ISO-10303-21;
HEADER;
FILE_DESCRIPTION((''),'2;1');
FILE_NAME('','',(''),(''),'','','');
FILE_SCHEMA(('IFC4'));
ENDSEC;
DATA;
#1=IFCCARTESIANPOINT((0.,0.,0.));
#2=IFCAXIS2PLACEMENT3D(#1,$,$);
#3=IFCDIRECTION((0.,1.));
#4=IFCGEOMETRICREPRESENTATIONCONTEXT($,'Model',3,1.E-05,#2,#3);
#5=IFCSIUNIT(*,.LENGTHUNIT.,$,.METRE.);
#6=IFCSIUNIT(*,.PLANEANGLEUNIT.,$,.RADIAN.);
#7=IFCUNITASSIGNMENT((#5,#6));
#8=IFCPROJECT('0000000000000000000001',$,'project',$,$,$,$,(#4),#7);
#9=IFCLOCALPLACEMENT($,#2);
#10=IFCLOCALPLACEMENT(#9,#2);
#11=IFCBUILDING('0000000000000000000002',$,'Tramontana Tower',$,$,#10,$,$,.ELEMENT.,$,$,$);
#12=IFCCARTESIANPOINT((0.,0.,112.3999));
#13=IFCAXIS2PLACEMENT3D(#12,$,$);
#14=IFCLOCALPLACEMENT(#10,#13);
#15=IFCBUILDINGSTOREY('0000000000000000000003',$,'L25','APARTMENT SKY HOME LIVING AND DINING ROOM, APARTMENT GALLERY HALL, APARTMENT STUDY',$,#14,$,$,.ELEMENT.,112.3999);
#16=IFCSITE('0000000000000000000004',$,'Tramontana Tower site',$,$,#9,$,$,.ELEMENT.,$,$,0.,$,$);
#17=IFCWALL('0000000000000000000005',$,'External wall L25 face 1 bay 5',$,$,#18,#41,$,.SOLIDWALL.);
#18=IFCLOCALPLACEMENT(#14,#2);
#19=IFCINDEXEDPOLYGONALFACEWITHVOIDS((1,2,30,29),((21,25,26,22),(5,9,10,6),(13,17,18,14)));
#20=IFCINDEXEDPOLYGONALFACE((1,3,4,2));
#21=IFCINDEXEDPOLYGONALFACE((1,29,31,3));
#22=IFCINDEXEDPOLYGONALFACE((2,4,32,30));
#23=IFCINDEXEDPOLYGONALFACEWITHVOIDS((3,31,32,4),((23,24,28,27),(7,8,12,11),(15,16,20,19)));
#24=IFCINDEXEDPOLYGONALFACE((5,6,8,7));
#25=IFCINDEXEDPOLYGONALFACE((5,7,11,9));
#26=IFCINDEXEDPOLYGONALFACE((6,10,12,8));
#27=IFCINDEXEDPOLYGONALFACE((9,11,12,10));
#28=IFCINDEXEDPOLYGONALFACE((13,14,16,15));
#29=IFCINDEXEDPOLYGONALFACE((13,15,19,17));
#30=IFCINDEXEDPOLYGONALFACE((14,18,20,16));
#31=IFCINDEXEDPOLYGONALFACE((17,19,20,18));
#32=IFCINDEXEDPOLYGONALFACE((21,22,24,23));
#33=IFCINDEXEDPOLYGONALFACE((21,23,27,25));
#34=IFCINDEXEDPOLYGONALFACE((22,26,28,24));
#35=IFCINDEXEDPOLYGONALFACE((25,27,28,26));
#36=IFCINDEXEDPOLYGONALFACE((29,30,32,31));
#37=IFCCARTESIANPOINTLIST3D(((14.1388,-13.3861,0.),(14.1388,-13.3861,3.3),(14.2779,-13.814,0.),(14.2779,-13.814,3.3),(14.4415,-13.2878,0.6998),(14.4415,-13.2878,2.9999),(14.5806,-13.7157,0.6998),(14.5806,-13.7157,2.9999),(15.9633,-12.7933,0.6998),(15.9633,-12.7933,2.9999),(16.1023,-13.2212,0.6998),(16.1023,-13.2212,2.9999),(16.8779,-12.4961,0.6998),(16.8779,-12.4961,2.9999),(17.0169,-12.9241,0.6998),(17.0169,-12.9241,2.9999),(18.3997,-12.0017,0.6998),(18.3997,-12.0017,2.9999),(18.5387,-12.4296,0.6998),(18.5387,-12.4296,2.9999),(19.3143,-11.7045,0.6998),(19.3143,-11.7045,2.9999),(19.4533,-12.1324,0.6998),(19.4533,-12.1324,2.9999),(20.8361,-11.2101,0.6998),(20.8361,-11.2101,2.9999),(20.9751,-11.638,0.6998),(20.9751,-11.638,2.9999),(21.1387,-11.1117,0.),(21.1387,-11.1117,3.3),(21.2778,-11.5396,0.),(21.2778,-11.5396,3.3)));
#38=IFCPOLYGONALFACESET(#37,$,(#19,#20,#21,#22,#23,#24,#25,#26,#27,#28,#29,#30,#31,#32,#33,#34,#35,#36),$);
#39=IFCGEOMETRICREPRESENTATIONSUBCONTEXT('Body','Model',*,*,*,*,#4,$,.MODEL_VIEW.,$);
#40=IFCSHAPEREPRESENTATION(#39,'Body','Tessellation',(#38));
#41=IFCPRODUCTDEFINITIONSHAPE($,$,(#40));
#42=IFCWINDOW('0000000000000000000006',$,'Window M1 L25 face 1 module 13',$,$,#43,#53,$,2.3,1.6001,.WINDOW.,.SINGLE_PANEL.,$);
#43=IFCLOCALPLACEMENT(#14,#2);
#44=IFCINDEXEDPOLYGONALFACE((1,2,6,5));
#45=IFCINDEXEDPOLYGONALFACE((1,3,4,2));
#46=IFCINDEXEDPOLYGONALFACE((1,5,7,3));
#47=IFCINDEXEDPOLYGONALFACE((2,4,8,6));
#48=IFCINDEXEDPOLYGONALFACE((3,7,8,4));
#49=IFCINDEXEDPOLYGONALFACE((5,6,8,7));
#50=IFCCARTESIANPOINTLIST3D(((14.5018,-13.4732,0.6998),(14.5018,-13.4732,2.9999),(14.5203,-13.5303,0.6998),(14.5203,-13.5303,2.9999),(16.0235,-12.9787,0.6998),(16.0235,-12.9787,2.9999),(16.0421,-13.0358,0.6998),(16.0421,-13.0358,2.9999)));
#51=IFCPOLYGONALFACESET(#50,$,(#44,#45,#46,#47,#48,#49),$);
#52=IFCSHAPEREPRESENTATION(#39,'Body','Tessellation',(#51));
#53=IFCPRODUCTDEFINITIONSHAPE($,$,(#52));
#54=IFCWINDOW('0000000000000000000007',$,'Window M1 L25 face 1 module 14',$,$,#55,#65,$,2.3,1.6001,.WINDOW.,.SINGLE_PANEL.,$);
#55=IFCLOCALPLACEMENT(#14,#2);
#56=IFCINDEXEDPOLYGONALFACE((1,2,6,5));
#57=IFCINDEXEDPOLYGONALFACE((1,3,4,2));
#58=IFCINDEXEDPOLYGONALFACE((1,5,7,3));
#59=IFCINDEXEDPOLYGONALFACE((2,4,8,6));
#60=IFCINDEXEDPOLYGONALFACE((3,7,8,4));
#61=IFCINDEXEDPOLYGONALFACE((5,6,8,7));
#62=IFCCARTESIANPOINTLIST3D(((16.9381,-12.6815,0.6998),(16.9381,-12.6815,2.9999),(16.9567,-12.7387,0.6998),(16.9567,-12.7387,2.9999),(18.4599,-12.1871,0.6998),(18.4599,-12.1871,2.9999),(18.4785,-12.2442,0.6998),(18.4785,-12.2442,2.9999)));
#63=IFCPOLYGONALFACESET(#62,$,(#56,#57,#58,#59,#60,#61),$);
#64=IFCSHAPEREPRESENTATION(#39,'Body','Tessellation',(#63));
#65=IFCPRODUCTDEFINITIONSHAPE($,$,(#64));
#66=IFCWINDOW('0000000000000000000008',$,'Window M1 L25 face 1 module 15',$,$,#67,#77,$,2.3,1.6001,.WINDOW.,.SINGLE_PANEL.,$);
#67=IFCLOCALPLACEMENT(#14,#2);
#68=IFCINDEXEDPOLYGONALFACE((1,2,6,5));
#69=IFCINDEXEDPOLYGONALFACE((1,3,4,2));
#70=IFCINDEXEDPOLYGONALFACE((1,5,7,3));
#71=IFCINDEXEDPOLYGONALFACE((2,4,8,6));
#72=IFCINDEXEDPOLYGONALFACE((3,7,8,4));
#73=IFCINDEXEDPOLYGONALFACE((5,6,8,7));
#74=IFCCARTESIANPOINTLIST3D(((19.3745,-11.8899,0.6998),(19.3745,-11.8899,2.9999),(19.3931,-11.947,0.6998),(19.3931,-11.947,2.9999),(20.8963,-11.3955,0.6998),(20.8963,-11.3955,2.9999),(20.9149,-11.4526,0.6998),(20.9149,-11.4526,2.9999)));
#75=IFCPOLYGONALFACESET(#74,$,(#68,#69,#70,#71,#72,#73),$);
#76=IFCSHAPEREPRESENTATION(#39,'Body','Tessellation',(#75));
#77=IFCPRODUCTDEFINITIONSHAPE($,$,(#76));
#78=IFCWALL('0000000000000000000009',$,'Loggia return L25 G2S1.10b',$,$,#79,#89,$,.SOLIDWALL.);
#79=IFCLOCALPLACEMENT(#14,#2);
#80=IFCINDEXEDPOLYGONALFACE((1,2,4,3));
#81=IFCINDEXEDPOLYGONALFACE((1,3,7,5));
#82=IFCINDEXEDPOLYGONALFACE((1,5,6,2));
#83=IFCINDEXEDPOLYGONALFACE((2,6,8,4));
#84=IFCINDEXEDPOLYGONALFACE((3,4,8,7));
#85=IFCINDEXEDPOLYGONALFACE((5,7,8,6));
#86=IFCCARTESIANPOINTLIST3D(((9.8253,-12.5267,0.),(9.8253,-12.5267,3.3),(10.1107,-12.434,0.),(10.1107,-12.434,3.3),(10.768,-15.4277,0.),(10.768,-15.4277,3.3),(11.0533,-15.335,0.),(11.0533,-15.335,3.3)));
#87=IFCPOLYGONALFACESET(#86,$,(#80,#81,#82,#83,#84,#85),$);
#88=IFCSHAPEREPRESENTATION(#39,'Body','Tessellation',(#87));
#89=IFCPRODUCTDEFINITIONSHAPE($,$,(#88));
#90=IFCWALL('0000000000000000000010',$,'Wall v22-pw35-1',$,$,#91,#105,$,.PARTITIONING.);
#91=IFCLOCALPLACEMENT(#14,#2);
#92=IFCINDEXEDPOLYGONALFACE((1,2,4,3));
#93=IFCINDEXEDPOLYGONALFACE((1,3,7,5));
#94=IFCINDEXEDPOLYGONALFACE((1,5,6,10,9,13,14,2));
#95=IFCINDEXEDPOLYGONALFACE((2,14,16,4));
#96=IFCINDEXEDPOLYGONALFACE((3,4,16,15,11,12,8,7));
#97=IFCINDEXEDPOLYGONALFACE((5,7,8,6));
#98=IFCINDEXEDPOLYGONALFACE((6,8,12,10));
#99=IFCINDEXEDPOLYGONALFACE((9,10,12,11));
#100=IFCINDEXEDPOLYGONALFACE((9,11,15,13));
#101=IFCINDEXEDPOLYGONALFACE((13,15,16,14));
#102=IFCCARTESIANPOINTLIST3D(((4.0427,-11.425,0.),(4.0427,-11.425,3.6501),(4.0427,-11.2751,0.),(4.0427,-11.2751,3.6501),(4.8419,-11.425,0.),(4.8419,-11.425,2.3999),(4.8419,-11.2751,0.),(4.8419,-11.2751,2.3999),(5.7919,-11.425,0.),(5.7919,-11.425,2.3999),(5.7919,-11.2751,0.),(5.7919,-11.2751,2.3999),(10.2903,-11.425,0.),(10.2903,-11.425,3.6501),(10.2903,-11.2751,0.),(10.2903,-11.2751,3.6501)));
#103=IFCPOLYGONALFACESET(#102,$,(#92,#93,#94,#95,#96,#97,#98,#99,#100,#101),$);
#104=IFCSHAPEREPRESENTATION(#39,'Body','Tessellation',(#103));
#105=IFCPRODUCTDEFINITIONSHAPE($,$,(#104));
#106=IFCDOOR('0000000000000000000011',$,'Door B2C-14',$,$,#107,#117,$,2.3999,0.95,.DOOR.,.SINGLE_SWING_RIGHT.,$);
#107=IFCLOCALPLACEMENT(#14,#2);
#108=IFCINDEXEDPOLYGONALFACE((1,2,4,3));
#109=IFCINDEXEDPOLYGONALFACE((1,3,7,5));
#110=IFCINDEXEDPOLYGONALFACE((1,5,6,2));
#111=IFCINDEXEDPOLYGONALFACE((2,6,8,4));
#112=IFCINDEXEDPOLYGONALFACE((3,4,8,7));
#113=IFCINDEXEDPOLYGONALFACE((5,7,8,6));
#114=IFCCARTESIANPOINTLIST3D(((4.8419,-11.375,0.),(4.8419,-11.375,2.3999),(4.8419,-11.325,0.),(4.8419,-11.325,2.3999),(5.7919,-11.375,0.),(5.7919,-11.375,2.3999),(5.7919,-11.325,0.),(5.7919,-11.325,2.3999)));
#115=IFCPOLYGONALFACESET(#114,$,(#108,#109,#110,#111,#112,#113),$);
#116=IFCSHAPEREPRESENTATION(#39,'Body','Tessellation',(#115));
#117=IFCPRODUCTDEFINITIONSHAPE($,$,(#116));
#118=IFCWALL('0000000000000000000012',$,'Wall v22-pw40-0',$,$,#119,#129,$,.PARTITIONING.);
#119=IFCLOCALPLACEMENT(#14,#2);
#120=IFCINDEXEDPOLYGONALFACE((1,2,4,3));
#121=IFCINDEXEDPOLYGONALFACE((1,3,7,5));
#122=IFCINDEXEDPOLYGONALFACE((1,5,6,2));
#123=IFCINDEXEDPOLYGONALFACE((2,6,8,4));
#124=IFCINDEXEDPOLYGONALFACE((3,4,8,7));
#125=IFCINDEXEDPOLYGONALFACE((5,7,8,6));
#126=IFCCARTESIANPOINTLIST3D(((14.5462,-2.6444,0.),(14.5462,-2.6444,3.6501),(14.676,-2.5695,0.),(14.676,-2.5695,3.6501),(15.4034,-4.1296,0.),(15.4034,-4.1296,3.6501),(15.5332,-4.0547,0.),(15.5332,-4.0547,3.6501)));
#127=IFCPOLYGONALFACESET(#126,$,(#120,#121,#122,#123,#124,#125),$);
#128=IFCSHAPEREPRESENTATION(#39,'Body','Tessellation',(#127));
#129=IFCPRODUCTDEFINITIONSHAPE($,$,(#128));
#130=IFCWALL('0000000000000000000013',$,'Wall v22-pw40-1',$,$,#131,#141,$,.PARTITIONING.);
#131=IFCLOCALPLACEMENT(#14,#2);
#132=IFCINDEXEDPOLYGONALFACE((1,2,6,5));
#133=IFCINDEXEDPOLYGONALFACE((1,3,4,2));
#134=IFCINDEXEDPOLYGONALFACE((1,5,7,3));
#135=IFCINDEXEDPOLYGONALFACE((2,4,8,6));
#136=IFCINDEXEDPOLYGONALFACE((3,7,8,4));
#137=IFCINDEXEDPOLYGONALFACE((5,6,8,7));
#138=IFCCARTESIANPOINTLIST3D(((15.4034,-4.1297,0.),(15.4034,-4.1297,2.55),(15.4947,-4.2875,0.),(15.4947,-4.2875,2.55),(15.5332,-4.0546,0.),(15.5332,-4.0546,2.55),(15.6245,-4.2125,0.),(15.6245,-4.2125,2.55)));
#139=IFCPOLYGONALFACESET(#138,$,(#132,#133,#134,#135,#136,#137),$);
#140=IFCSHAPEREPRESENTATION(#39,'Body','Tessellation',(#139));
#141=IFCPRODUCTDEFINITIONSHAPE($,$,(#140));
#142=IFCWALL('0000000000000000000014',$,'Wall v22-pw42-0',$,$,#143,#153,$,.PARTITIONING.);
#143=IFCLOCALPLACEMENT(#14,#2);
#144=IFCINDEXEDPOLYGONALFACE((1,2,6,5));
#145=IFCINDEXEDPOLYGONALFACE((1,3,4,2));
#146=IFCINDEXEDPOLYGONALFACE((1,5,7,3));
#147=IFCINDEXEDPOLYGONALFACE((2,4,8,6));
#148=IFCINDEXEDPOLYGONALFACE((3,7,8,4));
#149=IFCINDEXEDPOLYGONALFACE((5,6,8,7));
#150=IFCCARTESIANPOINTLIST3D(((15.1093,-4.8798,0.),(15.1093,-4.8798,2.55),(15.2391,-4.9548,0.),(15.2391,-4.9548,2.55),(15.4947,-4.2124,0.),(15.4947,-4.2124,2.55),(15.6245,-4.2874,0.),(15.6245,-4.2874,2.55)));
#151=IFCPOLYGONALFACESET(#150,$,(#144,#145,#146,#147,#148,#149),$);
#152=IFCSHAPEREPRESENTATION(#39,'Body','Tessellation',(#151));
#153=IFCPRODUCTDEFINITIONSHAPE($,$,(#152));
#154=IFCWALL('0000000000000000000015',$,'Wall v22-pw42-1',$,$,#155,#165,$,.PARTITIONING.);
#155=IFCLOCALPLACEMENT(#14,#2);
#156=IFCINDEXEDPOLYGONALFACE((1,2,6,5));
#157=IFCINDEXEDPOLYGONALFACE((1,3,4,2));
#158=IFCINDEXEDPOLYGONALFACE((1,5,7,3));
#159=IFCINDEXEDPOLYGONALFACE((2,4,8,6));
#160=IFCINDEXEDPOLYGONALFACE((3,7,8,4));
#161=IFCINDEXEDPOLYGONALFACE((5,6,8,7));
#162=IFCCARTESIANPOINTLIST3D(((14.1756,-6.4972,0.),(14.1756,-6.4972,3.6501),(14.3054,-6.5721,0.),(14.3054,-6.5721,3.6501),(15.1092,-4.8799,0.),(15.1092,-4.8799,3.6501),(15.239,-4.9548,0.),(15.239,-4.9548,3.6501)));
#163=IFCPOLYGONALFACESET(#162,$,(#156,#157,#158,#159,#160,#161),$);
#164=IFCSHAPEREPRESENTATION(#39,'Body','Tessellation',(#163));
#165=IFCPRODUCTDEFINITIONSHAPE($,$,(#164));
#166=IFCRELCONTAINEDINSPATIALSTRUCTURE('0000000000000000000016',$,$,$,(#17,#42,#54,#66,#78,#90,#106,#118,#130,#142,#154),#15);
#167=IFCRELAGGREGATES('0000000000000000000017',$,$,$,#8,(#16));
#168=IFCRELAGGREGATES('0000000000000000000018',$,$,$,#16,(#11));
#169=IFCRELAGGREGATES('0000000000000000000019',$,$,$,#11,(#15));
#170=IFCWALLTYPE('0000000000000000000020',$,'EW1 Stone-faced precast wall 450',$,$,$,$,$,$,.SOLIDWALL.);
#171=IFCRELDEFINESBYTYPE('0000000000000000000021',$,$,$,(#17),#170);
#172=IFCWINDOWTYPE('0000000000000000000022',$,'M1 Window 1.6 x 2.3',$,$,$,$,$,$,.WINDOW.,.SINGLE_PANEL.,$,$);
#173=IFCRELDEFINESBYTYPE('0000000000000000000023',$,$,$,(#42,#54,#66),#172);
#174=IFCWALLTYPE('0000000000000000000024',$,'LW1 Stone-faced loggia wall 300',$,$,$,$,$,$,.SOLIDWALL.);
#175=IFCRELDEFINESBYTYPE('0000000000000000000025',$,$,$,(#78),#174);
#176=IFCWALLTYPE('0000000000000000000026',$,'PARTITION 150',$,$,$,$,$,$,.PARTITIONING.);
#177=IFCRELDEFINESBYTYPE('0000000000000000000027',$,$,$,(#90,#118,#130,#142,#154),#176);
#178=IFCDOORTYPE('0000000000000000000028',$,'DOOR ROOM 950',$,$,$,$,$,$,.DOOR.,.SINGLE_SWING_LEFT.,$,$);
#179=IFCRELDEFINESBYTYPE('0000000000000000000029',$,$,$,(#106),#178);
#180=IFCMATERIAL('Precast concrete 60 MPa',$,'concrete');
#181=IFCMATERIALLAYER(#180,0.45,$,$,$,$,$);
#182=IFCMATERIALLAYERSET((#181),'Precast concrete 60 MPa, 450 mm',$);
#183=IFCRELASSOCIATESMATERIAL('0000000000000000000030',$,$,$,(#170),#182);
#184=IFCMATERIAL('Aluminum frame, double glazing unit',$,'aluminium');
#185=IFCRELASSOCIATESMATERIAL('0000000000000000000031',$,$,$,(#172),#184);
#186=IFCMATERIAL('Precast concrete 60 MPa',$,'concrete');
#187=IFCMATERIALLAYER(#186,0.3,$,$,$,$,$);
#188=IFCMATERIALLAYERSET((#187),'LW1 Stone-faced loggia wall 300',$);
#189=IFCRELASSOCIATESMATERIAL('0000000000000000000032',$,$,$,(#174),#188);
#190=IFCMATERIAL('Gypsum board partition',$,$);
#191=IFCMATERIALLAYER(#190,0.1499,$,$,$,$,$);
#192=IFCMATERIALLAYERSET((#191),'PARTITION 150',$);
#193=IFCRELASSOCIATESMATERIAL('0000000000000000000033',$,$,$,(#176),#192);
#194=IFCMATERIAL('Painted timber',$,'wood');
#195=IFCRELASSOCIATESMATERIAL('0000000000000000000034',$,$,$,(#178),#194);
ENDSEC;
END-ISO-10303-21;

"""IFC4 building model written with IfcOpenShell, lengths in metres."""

from ifc_helpers import new_model, si_unit, direction, frame, frame_2d, origin, place, context, subcontext, project, spatial, rectangle, extrude, material, layer, layer_set, type_object, element, fill, save


model = new_model("IFC4")

# Units and contexts
model_context = context("Model", 3, precision=1e-05, world=origin(), true_north=direction((0.0, 1.0)))
body_context = subcontext(model_context, "Body", "Model", "MODEL_VIEW")
ifc_project = project(units=[si_unit("LENGTHUNIT", "METRE"), si_unit("PLANEANGLEUNIT", "RADIAN")], contexts=[model_context])

# Site, building, storey
site_placement = place(None, origin())
site = spatial("IfcSite", under=ifc_project, at=site_placement, Name="Tramontana Tower site", CompositionType="ELEMENT", RefElevation=0.0)
building_placement = place(site_placement, origin())
building = spatial("IfcBuilding", under=site, at=building_placement, Name="Tramontana Tower", CompositionType="ELEMENT")
storey_placement = place(building_placement, frame((0.0, 0.0, 112.3999)))
storey = spatial("IfcBuildingStorey", under=building, at=storey_placement, Name="L25", Description="APARTMENT SKY HOME LIVING AND DINING ROOM, APARTMENT GALLERY HALL, APARTMENT STUDY", CompositionType="ELEMENT", Elevation=112.3999)

# Shared definitions
ifc_material_1 = material(Name="Precast concrete 60 MPa", Category="concrete")
ifc_layer_1 = layer(ifc_material_1, 0.45)
ifc_layer_set_1 = layer_set([ifc_layer_1], Name="Precast concrete 60 MPa, 450 mm")
wall_type_1 = type_object("IfcWallType", Name="EW1 Stone-faced precast wall 450", PredefinedType="SOLIDWALL", material=ifc_layer_set_1)
ifc_material_2 = material(Name="Aluminum frame, double glazing unit", Category="aluminium")
window_type = type_object("IfcWindowType", Name="M1 Window 1.6 x 2.3", PartitioningType="SINGLE_PANEL", PredefinedType="WINDOW", material=ifc_material_2)

# Wall, openings, windows
wall_1_placement = place(storey_placement, frame((14.2083, -13.6001, 0.0), z_axis=(0.0, 0.0, 1.0), x_axis=(0.951057, 0.309014, 0.0)))
wall_1 = element("IfcWall", 1, at=wall_1_placement, inside=storey, type_object=wall_type_1, Name="External wall L25 face 1 bay 5", PredefinedType="SOLIDWALL", context=body_context, shape_type="SweptSolid", body=[
    extrude(rectangle(XDim=7.3601, YDim=0.45, at=frame_2d((3.6802, 0.0))), origin(), (0.0, 0.0, 1.0), 3.3),
])
opening_1_placement = place(wall_1_placement, frame((0.3184, 0.0, 0.7)))
opening_1 = element("IfcOpeningElement", 2, at=opening_1_placement, cuts=wall_1, PredefinedType="OPENING", context=body_context, shape_type="SweptSolid", body=[
    extrude(rectangle(XDim=1.6001, YDim=2.3, at=frame_2d((0.8, 1.1499))), frame((0.0, 0.2349, 0.0), z_axis=(0.0, -1.0, 0.0), x_axis=(1.0, 0.0, 0.0)), (0.0, 0.0, 1.0), 0.47),
])
opening_2_placement = place(wall_1_placement, frame((2.8801, 0.0, 0.7)))
opening_2 = element("IfcOpeningElement", 3, at=opening_2_placement, cuts=wall_1, PredefinedType="OPENING", context=body_context, shape_type="SweptSolid", body=[
    extrude(rectangle(XDim=1.6001, YDim=2.3, at=frame_2d((0.8, 1.1499))), frame((0.0, 0.2349, 0.0), z_axis=(0.0, -1.0, 0.0), x_axis=(1.0, 0.0, 0.0)), (0.0, 0.0, 1.0), 0.47),
])
opening_3_placement = place(wall_1_placement, frame((5.4419, 0.0, 0.7)))
opening_3 = element("IfcOpeningElement", 4, at=opening_3_placement, cuts=wall_1, PredefinedType="OPENING", context=body_context, shape_type="SweptSolid", body=[
    extrude(rectangle(XDim=1.6001, YDim=2.3, at=frame_2d((0.8, 1.1499))), frame((0.0, 0.2349, 0.0), z_axis=(0.0, -1.0, 0.0), x_axis=(1.0, 0.0, 0.0)), (0.0, 0.0, 1.0), 0.47),
])
window_1_placement = place(opening_1_placement, origin())
window_1 = element("IfcWindow", 5, at=window_1_placement, inside=storey, type_object=window_type, Name="Window M1 L25 face 1 module 13", OverallHeight=2.3, OverallWidth=1.6001, PartitioningType="SINGLE_PANEL", PredefinedType="WINDOW", context=body_context, shape_type="SweptSolid", body=[
    extrude(rectangle(XDim=1.6001, YDim=2.3, at=frame_2d((0.8, 1.1499))), frame((0.0, 0.03, 0.0), z_axis=(0.0, -1.0, 0.0), x_axis=(1.0, 0.0, 0.0)), (0.0, 0.0, 1.0), 0.0601),
])
fill(opening_1, window_1)
window_2_placement = place(opening_2_placement, origin())
window_2 = element("IfcWindow", 6, at=window_2_placement, inside=storey, type_object=window_type, Name="Window M1 L25 face 1 module 14", OverallHeight=2.3, OverallWidth=1.6001, PartitioningType="SINGLE_PANEL", PredefinedType="WINDOW", context=body_context, shape_type="SweptSolid", body=[
    extrude(rectangle(XDim=1.6001, YDim=2.3, at=frame_2d((0.8, 1.1499))), frame((0.0, 0.03, 0.0), z_axis=(0.0, -1.0, 0.0), x_axis=(1.0, 0.0, 0.0)), (0.0, 0.0, 1.0), 0.0601),
])
fill(opening_2, window_2)
window_3_placement = place(opening_3_placement, origin())
window_3 = element("IfcWindow", 7, at=window_3_placement, inside=storey, type_object=window_type, Name="Window M1 L25 face 1 module 15", OverallHeight=2.3, OverallWidth=1.6001, PartitioningType="SINGLE_PANEL", PredefinedType="WINDOW", context=body_context, shape_type="SweptSolid", body=[
    extrude(rectangle(XDim=1.6001, YDim=2.3, at=frame_2d((0.8, 1.1499))), frame((0.0, 0.03, 0.0), z_axis=(0.0, -1.0, 0.0), x_axis=(1.0, 0.0, 0.0)), (0.0, 0.0, 1.0), 0.0601),
])
fill(opening_3, window_3)

# Wall
ifc_material_3 = material(Name="Precast concrete 60 MPa", Category="concrete")
ifc_layer_2 = layer(ifc_material_3, 0.3)
ifc_layer_set_2 = layer_set([ifc_layer_2], Name="LW1 Stone-faced loggia wall 300")
wall_type_2 = type_object("IfcWallType", Name="LW1 Stone-faced loggia wall 300", PredefinedType="SOLIDWALL", material=ifc_layer_set_2)
wall_2_placement = place(storey_placement, frame((10.9106, -15.3813, 0.0), z_axis=(0.0, 0.0, 1.0), x_axis=(-0.309039, 0.951049, 0.0)))
element("IfcWall", 8, at=wall_2_placement, inside=storey, type_object=wall_type_2, Name="Loggia return L25 G2S1.10b", PredefinedType="SOLIDWALL", context=body_context, shape_type="SweptSolid", body=[
    extrude(rectangle(XDim=3.0503, YDim=0.3, at=frame_2d((1.5251, 0.0))), origin(), (0.0, 0.0, 1.0), 3.3),
])

# Wall, opening, door
ifc_material_4 = material(Name="Gypsum board partition")
ifc_layer_3 = layer(ifc_material_4, 0.1499)
ifc_layer_set_3 = layer_set([ifc_layer_3], Name="PARTITION 150")
wall_type_3 = type_object("IfcWallType", Name="PARTITION 150", PredefinedType="PARTITIONING", material=ifc_layer_set_3)
ifc_material_5 = material(Name="Painted timber", Category="wood")
door_type = type_object("IfcDoorType", Name="DOOR ROOM 950", OperationType="SINGLE_SWING_LEFT", PredefinedType="DOOR", material=ifc_material_5)
wall_3_placement = place(storey_placement, frame((10.2903, -11.3501, 0.0), z_axis=(0.0, 0.0, 1.0), x_axis=(-1.0, 0.0, 0.0)))
wall_3 = element("IfcWall", 9, at=wall_3_placement, inside=storey, type_object=wall_type_3, Name="Wall v22-pw35-1", PredefinedType="PARTITIONING", context=body_context, shape_type="SweptSolid", body=[
    extrude(rectangle(XDim=6.2476, YDim=0.1499, at=frame_2d((3.1238, 0.0))), origin(), (0.0, 0.0, 1.0), 3.6501),
])
opening_4_placement = place(wall_3_placement, frame((4.4983, 0.0, 0.0)))
opening_4 = element("IfcOpeningElement", 10, at=opening_4_placement, cuts=wall_3, PredefinedType="OPENING", context=body_context, shape_type="SweptSolid", body=[
    extrude(rectangle(XDim=0.95, YDim=2.3999, at=frame_2d((0.4751, 1.2))), frame((0.0, 0.085, 0.0), z_axis=(0.0, -1.0, 0.0), x_axis=(1.0, 0.0, 0.0)), (0.0, 0.0, 1.0), 0.1699),
])
door_1_placement = place(opening_4_placement, origin())
door_1 = element("IfcDoor", 11, at=door_1_placement, inside=storey, type_object=door_type, Name="Door B2C-14", OperationType="SINGLE_SWING_RIGHT", OverallHeight=2.3999, OverallWidth=0.95, PredefinedType="DOOR", context=body_context, shape_type="SweptSolid", body=[
    extrude(rectangle(XDim=0.95, YDim=2.3999, at=frame_2d((0.4751, 1.2))), frame((0.0, 0.0249, 0.0), z_axis=(0.0, -1.0, 0.0), x_axis=(1.0, 0.0, 0.0)), (0.0, 0.0, 1.0), 0.05),
])
fill(opening_4, door_1)

# Walls
wall_4_placement = place(storey_placement, frame((14.6111, -2.6069, 0.0), z_axis=(0.0, 0.0, 1.0), x_axis=(0.499891, -0.866088, 0.0)))
element("IfcWall", 12, at=wall_4_placement, inside=storey, type_object=wall_type_3, Name="Wall v22-pw40-0", PredefinedType="PARTITIONING", context=body_context, shape_type="SweptSolid", body=[
    extrude(rectangle(XDim=1.7148, YDim=0.1499, at=frame_2d((0.8574, 0.0))), origin(), (0.0, 0.0, 1.0), 3.6501),
])
wall_5_placement = place(storey_placement, frame((15.4683, -4.092, 0.0), z_axis=(0.0, 0.0, 1.0), x_axis=(0.500456, -0.865762, 0.0)))
element("IfcWall", 13, at=wall_5_placement, inside=storey, type_object=wall_type_3, Name="Wall v22-pw40-1", PredefinedType="PARTITIONING", context=body_context, shape_type="SweptSolid", body=[
    extrude(rectangle(XDim=0.1824, YDim=0.1499, at=frame_2d((0.0913, 0.0))), origin(), (0.0, 0.0, 1.0), 2.55),
])
wall_6_placement = place(storey_placement, frame((15.5596, -4.25, 0.0), z_axis=(0.0, 0.0, 1.0), x_axis=(-0.500125, -0.865953, 0.0)))
element("IfcWall", 14, at=wall_6_placement, inside=storey, type_object=wall_type_3, Name="Wall v22-pw42-0", PredefinedType="PARTITIONING", context=body_context, shape_type="SweptSolid", body=[
    extrude(rectangle(XDim=0.7708, YDim=0.1499, at=frame_2d((0.3853, 0.0))), origin(), (0.0, 0.0, 1.0), 2.55),
])
wall_7_placement = place(storey_placement, frame((15.1741, -4.9175, 0.0), z_axis=(0.0, 0.0, 1.0), x_axis=(-0.499964, -0.866046, 0.0)))
element("IfcWall", 15, at=wall_7_placement, inside=storey, type_object=wall_type_3, Name="Wall v22-pw42-1", PredefinedType="PARTITIONING", context=body_context, shape_type="SweptSolid", body=[
    extrude(rectangle(XDim=1.8674, YDim=0.1499, at=frame_2d((0.9336, 0.0))), origin(), (0.0, 0.0, 1.0), 3.6501),
])

save(model, "model.ifc")
